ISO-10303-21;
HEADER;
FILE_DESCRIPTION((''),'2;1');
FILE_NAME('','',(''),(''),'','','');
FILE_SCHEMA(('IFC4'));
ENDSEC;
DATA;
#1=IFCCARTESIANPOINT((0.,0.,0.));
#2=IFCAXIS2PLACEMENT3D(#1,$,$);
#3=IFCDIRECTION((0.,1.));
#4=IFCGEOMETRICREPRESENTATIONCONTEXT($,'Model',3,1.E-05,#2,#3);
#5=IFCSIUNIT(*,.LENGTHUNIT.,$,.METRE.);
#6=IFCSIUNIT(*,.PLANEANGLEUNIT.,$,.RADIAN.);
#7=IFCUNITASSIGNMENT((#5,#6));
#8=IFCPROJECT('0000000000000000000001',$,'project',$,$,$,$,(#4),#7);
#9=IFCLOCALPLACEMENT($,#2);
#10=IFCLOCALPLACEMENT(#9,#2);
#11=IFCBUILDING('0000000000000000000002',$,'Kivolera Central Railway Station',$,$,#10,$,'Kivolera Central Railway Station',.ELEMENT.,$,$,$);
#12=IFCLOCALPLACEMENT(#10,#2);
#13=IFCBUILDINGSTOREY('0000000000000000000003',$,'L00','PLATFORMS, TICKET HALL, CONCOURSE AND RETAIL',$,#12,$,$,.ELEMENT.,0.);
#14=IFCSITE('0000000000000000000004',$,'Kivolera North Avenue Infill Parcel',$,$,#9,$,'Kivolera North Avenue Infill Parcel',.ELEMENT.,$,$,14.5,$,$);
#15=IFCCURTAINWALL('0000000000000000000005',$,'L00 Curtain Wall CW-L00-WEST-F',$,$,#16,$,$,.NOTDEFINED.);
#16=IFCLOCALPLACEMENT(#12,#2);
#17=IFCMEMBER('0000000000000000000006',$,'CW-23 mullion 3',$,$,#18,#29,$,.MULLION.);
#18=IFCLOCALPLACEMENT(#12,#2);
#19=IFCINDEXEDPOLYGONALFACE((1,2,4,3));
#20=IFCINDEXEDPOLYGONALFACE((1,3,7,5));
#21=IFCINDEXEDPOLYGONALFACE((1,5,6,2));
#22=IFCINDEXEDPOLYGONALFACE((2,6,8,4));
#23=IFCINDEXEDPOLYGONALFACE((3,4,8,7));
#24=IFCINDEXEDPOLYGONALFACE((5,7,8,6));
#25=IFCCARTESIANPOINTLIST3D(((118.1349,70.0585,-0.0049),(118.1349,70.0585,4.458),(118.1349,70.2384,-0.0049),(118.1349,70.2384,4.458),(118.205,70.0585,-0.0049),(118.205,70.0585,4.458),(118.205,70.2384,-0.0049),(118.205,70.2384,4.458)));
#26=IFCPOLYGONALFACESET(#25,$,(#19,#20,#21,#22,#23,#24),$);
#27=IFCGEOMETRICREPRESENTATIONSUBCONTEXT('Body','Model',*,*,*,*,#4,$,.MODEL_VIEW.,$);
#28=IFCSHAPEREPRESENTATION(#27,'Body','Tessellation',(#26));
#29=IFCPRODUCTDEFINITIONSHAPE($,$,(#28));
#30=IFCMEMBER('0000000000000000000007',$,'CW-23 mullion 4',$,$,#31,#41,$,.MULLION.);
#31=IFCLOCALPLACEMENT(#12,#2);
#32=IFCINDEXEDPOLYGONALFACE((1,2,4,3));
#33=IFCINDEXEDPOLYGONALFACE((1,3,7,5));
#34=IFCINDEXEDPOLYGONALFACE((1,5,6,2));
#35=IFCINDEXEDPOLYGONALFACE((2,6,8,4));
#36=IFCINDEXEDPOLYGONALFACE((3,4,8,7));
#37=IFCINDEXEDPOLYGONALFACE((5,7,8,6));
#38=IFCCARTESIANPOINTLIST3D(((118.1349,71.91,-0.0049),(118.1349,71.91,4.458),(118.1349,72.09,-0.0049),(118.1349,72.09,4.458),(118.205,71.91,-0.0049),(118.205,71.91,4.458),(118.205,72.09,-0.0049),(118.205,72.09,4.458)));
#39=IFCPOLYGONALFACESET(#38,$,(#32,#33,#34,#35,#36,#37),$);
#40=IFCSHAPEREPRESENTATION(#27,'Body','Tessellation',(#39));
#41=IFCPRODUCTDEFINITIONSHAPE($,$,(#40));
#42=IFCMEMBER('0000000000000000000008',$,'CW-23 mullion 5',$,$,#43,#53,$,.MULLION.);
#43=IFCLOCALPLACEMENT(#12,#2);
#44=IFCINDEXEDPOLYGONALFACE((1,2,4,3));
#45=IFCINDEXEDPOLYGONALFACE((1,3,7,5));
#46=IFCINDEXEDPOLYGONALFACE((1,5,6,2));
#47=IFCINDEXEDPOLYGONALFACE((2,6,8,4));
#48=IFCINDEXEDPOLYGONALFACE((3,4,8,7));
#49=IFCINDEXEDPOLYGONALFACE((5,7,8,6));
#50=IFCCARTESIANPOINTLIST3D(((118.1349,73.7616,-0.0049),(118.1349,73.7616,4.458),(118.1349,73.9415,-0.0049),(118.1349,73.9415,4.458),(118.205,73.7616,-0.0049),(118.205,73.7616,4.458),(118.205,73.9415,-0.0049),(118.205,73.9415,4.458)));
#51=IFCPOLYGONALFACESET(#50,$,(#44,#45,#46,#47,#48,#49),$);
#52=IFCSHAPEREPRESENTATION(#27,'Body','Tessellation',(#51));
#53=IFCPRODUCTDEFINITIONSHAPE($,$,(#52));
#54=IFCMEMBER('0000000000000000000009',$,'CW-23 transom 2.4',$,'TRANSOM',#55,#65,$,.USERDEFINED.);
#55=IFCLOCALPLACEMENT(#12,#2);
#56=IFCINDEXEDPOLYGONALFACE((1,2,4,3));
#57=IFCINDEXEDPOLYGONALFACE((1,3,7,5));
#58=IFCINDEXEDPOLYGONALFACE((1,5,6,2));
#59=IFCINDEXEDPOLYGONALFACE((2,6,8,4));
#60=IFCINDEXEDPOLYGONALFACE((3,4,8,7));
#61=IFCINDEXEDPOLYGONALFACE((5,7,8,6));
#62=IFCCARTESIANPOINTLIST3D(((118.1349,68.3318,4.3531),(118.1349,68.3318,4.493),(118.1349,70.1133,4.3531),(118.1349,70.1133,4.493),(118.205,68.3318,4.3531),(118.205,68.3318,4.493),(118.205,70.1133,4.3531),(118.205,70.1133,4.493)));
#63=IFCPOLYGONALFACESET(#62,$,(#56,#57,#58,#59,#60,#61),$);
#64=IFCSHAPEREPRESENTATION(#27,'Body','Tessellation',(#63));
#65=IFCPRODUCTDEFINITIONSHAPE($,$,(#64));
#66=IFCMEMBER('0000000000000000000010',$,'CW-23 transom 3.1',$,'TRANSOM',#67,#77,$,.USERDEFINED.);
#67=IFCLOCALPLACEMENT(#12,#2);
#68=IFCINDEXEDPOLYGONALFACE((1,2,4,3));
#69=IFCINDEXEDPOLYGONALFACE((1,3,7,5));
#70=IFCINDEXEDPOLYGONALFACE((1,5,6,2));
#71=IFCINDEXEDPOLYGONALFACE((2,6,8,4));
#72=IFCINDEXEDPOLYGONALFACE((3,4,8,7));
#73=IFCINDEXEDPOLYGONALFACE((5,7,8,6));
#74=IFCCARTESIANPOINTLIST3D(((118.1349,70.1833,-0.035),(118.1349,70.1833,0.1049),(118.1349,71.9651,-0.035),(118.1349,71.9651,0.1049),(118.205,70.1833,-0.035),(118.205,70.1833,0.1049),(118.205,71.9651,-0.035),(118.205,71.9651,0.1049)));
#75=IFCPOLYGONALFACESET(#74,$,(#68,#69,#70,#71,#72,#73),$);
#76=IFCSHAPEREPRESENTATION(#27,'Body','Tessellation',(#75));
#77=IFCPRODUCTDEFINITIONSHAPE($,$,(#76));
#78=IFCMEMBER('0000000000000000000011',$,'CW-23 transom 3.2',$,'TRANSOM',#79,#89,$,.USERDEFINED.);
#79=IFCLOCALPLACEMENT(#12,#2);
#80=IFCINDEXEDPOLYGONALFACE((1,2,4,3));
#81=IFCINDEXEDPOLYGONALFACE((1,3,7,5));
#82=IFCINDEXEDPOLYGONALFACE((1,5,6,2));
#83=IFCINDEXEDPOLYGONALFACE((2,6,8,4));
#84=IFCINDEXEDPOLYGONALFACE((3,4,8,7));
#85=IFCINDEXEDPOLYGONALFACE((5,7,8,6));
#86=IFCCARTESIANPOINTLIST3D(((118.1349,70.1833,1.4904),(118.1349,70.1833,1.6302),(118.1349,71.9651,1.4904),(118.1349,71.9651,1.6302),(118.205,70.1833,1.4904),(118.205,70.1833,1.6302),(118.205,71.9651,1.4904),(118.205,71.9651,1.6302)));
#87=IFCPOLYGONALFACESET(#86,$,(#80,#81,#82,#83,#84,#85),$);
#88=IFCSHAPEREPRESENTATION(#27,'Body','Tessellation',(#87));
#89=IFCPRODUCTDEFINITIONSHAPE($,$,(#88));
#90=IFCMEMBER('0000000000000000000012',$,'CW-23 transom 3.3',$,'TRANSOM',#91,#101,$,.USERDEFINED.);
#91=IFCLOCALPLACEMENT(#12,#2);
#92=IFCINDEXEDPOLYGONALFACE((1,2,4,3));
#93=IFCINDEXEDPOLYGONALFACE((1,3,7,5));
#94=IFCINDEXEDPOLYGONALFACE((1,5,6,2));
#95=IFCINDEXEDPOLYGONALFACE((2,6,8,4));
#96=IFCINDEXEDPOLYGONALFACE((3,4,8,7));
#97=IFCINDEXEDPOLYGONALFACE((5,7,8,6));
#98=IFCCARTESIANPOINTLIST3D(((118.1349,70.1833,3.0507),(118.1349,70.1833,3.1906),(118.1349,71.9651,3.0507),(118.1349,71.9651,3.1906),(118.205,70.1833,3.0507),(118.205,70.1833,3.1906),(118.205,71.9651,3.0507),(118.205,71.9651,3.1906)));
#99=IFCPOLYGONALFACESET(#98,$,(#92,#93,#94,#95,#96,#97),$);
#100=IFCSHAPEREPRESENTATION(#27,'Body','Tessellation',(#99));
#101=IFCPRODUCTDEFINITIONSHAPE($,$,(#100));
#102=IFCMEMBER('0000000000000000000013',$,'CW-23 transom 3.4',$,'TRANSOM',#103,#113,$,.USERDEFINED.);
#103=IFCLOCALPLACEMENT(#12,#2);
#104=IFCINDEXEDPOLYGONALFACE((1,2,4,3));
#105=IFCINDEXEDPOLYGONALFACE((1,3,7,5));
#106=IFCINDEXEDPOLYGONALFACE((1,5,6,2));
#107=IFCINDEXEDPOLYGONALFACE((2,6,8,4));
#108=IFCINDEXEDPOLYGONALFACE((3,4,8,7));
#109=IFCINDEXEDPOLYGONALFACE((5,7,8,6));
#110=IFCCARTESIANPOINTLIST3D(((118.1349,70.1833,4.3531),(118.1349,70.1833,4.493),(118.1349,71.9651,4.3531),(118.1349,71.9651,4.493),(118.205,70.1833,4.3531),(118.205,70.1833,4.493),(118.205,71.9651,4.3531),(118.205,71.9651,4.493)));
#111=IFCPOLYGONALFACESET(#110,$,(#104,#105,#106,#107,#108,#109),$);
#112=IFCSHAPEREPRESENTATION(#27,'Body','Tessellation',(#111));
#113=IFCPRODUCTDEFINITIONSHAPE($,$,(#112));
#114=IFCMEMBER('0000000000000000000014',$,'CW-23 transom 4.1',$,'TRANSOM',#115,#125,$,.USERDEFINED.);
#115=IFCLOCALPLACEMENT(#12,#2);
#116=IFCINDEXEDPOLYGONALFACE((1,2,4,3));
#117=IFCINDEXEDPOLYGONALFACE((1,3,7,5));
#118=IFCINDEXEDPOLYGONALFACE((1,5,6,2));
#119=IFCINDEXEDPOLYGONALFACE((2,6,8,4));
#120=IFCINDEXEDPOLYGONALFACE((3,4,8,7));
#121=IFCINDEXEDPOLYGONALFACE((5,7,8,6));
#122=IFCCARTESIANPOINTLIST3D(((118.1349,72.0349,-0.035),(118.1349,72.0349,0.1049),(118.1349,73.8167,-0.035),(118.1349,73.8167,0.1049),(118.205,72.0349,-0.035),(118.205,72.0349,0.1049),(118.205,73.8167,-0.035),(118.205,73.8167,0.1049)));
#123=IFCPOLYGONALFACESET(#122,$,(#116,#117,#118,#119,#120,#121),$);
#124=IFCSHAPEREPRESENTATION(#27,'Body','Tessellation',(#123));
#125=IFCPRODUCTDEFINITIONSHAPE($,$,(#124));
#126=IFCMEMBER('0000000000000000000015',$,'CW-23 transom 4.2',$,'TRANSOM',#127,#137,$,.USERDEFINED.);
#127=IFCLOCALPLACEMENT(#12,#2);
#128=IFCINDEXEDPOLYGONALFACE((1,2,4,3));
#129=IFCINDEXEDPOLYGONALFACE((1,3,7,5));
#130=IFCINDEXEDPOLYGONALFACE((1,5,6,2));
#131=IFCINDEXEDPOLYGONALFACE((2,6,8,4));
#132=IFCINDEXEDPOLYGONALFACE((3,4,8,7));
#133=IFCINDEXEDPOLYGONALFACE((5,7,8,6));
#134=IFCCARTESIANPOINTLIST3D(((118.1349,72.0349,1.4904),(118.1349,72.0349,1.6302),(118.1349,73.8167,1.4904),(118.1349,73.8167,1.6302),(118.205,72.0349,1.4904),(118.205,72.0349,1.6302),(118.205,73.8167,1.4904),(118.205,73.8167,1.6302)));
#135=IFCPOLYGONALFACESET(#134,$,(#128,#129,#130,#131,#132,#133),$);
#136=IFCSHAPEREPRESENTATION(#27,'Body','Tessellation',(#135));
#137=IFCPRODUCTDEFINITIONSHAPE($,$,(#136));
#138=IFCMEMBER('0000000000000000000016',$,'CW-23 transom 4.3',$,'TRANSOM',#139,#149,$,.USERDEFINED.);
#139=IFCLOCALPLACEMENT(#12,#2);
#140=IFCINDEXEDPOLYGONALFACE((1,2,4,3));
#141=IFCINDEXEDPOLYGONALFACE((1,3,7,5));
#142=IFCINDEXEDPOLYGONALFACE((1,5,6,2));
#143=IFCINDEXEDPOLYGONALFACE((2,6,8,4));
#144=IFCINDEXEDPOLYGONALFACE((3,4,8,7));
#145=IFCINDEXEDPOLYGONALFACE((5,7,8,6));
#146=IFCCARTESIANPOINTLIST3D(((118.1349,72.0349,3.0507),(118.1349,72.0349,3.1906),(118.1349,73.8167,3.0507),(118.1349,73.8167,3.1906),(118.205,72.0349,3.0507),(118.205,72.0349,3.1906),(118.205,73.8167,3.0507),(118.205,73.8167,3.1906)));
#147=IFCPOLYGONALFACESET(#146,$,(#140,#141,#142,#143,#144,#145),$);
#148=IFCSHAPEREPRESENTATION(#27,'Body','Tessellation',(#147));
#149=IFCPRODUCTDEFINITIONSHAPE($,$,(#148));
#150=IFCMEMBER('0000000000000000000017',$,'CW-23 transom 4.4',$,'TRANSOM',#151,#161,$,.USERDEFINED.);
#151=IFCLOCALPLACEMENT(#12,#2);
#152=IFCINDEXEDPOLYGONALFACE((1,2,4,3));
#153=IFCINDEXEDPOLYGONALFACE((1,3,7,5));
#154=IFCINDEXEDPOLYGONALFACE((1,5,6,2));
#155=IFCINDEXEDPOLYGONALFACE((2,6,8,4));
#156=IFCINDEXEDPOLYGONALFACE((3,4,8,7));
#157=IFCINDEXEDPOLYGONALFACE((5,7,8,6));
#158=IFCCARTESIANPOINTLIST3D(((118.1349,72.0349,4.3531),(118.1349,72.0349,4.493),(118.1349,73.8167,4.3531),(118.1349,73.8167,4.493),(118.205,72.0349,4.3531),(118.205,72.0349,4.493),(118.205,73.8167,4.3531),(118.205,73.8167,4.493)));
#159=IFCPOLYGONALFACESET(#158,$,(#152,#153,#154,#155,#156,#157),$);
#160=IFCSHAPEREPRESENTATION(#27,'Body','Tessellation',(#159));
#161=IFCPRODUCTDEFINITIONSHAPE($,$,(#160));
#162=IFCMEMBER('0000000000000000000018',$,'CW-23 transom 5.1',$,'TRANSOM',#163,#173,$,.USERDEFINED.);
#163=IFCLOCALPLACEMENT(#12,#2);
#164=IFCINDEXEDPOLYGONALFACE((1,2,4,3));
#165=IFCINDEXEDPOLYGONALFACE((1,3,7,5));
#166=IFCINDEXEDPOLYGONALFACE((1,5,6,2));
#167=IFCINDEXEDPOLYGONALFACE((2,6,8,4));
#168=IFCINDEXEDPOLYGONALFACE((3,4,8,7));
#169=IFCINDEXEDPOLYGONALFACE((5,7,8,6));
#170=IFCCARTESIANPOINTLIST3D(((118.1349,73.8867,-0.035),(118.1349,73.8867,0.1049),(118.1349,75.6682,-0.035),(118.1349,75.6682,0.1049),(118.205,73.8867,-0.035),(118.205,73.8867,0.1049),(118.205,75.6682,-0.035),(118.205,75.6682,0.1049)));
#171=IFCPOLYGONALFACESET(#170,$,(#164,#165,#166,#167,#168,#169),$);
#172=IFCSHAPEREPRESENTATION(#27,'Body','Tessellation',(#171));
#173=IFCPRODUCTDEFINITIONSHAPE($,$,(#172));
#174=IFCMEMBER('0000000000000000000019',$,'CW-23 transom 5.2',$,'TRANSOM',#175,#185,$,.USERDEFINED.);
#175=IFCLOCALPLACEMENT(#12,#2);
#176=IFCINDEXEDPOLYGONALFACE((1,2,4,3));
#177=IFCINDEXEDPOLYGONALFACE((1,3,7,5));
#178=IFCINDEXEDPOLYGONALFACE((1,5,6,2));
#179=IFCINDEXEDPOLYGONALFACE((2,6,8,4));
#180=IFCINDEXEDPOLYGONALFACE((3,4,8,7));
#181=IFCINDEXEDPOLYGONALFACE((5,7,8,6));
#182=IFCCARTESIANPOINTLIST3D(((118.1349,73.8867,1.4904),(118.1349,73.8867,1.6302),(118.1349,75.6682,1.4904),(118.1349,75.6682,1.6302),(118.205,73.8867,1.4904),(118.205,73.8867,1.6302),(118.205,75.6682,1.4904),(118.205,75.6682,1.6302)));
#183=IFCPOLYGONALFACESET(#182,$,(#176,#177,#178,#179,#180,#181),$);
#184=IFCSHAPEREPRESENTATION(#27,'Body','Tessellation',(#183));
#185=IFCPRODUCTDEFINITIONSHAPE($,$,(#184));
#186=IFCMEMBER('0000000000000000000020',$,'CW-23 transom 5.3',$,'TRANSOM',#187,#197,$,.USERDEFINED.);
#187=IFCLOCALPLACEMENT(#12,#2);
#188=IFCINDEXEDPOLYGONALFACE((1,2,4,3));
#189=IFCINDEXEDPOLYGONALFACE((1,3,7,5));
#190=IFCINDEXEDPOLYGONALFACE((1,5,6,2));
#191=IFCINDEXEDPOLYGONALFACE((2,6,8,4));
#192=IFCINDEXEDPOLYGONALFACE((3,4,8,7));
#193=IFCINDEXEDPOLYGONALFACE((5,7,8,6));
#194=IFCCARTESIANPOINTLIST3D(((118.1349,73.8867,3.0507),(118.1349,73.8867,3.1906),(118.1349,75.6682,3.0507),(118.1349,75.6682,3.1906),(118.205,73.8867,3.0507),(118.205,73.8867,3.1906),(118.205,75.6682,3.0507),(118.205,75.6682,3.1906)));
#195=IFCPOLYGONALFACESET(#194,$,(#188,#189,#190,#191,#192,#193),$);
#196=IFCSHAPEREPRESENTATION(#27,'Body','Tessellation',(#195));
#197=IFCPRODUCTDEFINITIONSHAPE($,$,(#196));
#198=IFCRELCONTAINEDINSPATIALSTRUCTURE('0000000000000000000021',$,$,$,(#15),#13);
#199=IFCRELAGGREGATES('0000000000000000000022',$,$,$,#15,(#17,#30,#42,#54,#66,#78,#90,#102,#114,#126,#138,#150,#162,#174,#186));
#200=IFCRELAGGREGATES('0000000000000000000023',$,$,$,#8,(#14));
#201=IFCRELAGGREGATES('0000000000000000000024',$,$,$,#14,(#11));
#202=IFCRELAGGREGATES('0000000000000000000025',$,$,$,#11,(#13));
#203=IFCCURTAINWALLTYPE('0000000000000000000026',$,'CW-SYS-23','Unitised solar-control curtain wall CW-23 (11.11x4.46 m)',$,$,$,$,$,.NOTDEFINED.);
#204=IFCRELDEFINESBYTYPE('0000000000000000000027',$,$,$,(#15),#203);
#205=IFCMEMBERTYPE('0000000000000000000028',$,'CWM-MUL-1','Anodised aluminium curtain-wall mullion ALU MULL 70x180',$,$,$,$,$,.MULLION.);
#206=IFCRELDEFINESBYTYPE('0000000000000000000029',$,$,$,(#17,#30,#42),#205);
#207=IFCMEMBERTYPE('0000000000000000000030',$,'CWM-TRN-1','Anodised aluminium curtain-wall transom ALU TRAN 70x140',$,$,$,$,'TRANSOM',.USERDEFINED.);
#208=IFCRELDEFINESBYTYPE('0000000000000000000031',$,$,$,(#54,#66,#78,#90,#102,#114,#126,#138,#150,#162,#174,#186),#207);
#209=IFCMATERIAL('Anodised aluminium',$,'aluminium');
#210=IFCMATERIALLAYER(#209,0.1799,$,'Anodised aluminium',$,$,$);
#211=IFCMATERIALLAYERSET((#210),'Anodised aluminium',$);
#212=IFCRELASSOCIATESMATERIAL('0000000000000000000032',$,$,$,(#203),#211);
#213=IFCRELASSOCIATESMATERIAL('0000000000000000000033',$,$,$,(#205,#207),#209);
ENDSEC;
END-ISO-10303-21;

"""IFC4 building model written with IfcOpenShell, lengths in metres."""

from ifc_helpers import new_model, si_unit, direction, frame, origin, origin_2d, place, context, subcontext, project, spatial, rectangle, extrude, material, layer, layer_set, material_profile, profile_set, type_object, element, aggregate, save


model = new_model("IFC4")

# Units and contexts
model_context = context("Model", 3, precision=1e-05, world=origin(), true_north=direction((0.0, 1.0)))
body_context = subcontext(model_context, "Body", "Model", "MODEL_VIEW")
ifc_project = project(units=[si_unit("LENGTHUNIT", "METRE"), si_unit("PLANEANGLEUNIT", "RADIAN")], contexts=[model_context])

# Site, building, storey
site_placement = place(None, origin())
site = spatial("IfcSite", under=ifc_project, at=site_placement, Name="Kivolera North Avenue Infill Parcel", LongName="Kivolera North Avenue Infill Parcel", CompositionType="ELEMENT", RefElevation=14.5)
building_placement = place(site_placement, origin())
building = spatial("IfcBuilding", under=site, at=building_placement, Name="Kivolera Central Railway Station", LongName="Kivolera Central Railway Station", CompositionType="ELEMENT")
storey_placement = place(building_placement, origin())
storey = spatial("IfcBuildingStorey", under=building, at=storey_placement, Name="L00", Description="PLATFORMS, TICKET HALL, CONCOURSE AND RETAIL", CompositionType="ELEMENT", Elevation=0.0)

# Curtain wall, members
ifc_material_1 = material(Name="Anodised aluminium", Category="aluminium")
ifc_layer_1 = layer(ifc_material_1, 0.1799, Name="Anodised aluminium")
ifc_layer_set_1 = layer_set([ifc_layer_1], Name="Anodised aluminium")
curtain_wall_type = type_object("IfcCurtainWallType", Name="CW-SYS-23", Description="Unitised solar-control curtain wall CW-23 (11.11x4.46 m)", PredefinedType="NOTDEFINED", material=ifc_layer_set_1)
curtain_wall_placement = place(storey_placement, origin())
curtain_wall = element("IfcCurtainWall", 1, at=curtain_wall_placement, inside=storey, type_object=curtain_wall_type, Name="L00 Curtain Wall CW-L00-WEST-F", PredefinedType="NOTDEFINED")
ifc_material_profile_1 = material_profile(ifc_material_1, rectangle(XDim=0.0701, YDim=0.1799, at=origin_2d()), Name="ALU MULL 70x180")
ifc_profile_set_1 = profile_set([ifc_material_profile_1], Name="Anodised aluminium")
member_type_1 = type_object("IfcMemberType", Name="CWM-MUL-1", Description="Anodised aluminium curtain-wall mullion ALU MULL 70x180", PredefinedType="MULLION", material=ifc_profile_set_1)
member_1_placement = place(storey_placement, frame((118.1699, 70.1484, -0.0049), z_axis=(0.0, 0.0, 1.0), x_axis=(-1.0, 0.0, 0.0)))
member_1 = element("IfcMember", 2, at=member_1_placement, type_object=member_type_1, Name="CW-23 mullion 3", PredefinedType="MULLION", context=body_context, shape_type="SweptSolid", body=[
    extrude(rectangle(XDim=0.0701, YDim=0.1799, at=origin_2d()), origin(), (0.0, 0.0, 1.0), 4.4629),
])
member_2_placement = place(storey_placement, frame((118.1699, 72.0, -0.0049), z_axis=(0.0, 0.0, 1.0), x_axis=(-1.0, 0.0, 0.0)))
member_2 = element("IfcMember", 3, at=member_2_placement, type_object=member_type_1, Name="CW-23 mullion 4", PredefinedType="MULLION", context=body_context, shape_type="SweptSolid", body=[
    extrude(rectangle(XDim=0.0701, YDim=0.1799, at=origin_2d()), origin(), (0.0, 0.0, 1.0), 4.4629),
])
member_3_placement = place(storey_placement, frame((118.1699, 73.8516, -0.0049), z_axis=(0.0, 0.0, 1.0), x_axis=(-1.0, 0.0, 0.0)))
member_3 = element("IfcMember", 4, at=member_3_placement, type_object=member_type_1, Name="CW-23 mullion 5", PredefinedType="MULLION", context=body_context, shape_type="SweptSolid", body=[
    extrude(rectangle(XDim=0.0701, YDim=0.1799, at=origin_2d()), origin(), (0.0, 0.0, 1.0), 4.4629),
])
ifc_material_profile_2 = material_profile(ifc_material_1, rectangle(XDim=0.0701, YDim=0.1399, at=origin_2d()), Name="ALU TRAN 70x140")
ifc_profile_set_2 = profile_set([ifc_material_profile_2], Name="Anodised aluminium")
member_type_2 = type_object("IfcMemberType", Name="CWM-TRN-1", Description="Anodised aluminium curtain-wall transom ALU TRAN 70x140", ElementType="TRANSOM", PredefinedType="USERDEFINED", material=ifc_profile_set_2)
member_4_placement = place(storey_placement, frame((118.1699, 68.3318, 4.4231), z_axis=(0.0, 1.0, 0.0), x_axis=(-1.0, 0.0, 0.0)))
member_4 = element("IfcMember", 5, at=member_4_placement, type_object=member_type_2, Name="CW-23 transom 2.4", ObjectType="TRANSOM", PredefinedType="USERDEFINED", context=body_context, shape_type="SweptSolid", body=[
    extrude(rectangle(XDim=0.0701, YDim=0.1399, at=origin_2d()), origin(), (0.0, 0.0, 1.0), 1.7815),
])
member_5_placement = place(storey_placement, frame((118.1699, 70.1833, 0.0349), z_axis=(0.0, 1.0, 0.0), x_axis=(-1.0, 0.0, 0.0)))
member_5 = element("IfcMember", 6, at=member_5_placement, type_object=member_type_2, Name="CW-23 transom 3.1", ObjectType="TRANSOM", PredefinedType="USERDEFINED", context=body_context, shape_type="SweptSolid", body=[
    extrude(rectangle(XDim=0.0701, YDim=0.1399, at=origin_2d()), origin(), (0.0, 0.0, 1.0), 1.7817),
])
member_6_placement = place(storey_placement, frame((118.1699, 70.1833, 1.5603), z_axis=(0.0, 1.0, 0.0), x_axis=(-1.0, 0.0, 0.0)))
member_6 = element("IfcMember", 7, at=member_6_placement, type_object=member_type_2, Name="CW-23 transom 3.2", ObjectType="TRANSOM", PredefinedType="USERDEFINED", context=body_context, shape_type="SweptSolid", body=[
    extrude(rectangle(XDim=0.0701, YDim=0.1399, at=origin_2d()), origin(), (0.0, 0.0, 1.0), 1.7817),
])
member_7_placement = place(storey_placement, frame((118.1699, 70.1833, 3.1206), z_axis=(0.0, 1.0, 0.0), x_axis=(-1.0, 0.0, 0.0)))
member_7 = element("IfcMember", 8, at=member_7_placement, type_object=member_type_2, Name="CW-23 transom 3.3", ObjectType="TRANSOM", PredefinedType="USERDEFINED", context=body_context, shape_type="SweptSolid", body=[
    extrude(rectangle(XDim=0.0701, YDim=0.1399, at=origin_2d()), origin(), (0.0, 0.0, 1.0), 1.7817),
])
member_8_placement = place(storey_placement, frame((118.1699, 70.1833, 4.4231), z_axis=(0.0, 1.0, 0.0), x_axis=(-1.0, 0.0, 0.0)))
member_8 = element("IfcMember", 9, at=member_8_placement, type_object=member_type_2, Name="CW-23 transom 3.4", ObjectType="TRANSOM", PredefinedType="USERDEFINED", context=body_context, shape_type="SweptSolid", body=[
    extrude(rectangle(XDim=0.0701, YDim=0.1399, at=origin_2d()), origin(), (0.0, 0.0, 1.0), 1.7817),
])
member_9_placement = place(storey_placement, frame((118.1699, 72.0349, 0.0349), z_axis=(0.0, 1.0, 0.0), x_axis=(-1.0, 0.0, 0.0)))
member_9 = element("IfcMember", 10, at=member_9_placement, type_object=member_type_2, Name="CW-23 transom 4.1", ObjectType="TRANSOM", PredefinedType="USERDEFINED", context=body_context, shape_type="SweptSolid", body=[
    extrude(rectangle(XDim=0.0701, YDim=0.1399, at=origin_2d()), origin(), (0.0, 0.0, 1.0), 1.7817),
])
member_10_placement = place(storey_placement, frame((118.1699, 72.0349, 1.5603), z_axis=(0.0, 1.0, 0.0), x_axis=(-1.0, 0.0, 0.0)))
member_10 = element("IfcMember", 11, at=member_10_placement, type_object=member_type_2, Name="CW-23 transom 4.2", ObjectType="TRANSOM", PredefinedType="USERDEFINED", context=body_context, shape_type="SweptSolid", body=[
    extrude(rectangle(XDim=0.0701, YDim=0.1399, at=origin_2d()), origin(), (0.0, 0.0, 1.0), 1.7817),
])
member_11_placement = place(storey_placement, frame((118.1699, 72.0349, 3.1206), z_axis=(0.0, 1.0, 0.0), x_axis=(-1.0, 0.0, 0.0)))
member_11 = element("IfcMember", 12, at=member_11_placement, type_object=member_type_2, Name="CW-23 transom 4.3", ObjectType="TRANSOM", PredefinedType="USERDEFINED", context=body_context, shape_type="SweptSolid", body=[
    extrude(rectangle(XDim=0.0701, YDim=0.1399, at=origin_2d()), origin(), (0.0, 0.0, 1.0), 1.7817),
])
member_12_placement = place(storey_placement, frame((118.1699, 72.0349, 4.4231), z_axis=(0.0, 1.0, 0.0), x_axis=(-1.0, 0.0, 0.0)))
member_12 = element("IfcMember", 13, at=member_12_placement, type_object=member_type_2, Name="CW-23 transom 4.4", ObjectType="TRANSOM", PredefinedType="USERDEFINED", context=body_context, shape_type="SweptSolid", body=[
    extrude(rectangle(XDim=0.0701, YDim=0.1399, at=origin_2d()), origin(), (0.0, 0.0, 1.0), 1.7817),
])
member_13_placement = place(storey_placement, frame((118.1699, 73.8867, 0.0349), z_axis=(0.0, 1.0, 0.0), x_axis=(-1.0, 0.0, 0.0)))
member_13 = element("IfcMember", 14, at=member_13_placement, type_object=member_type_2, Name="CW-23 transom 5.1", ObjectType="TRANSOM", PredefinedType="USERDEFINED", context=body_context, shape_type="SweptSolid", body=[
    extrude(rectangle(XDim=0.0701, YDim=0.1399, at=origin_2d()), origin(), (0.0, 0.0, 1.0), 1.7815),
])
member_14_placement = place(storey_placement, frame((118.1699, 73.8867, 1.5603), z_axis=(0.0, 1.0, 0.0), x_axis=(-1.0, 0.0, 0.0)))
member_14 = element("IfcMember", 15, at=member_14_placement, type_object=member_type_2, Name="CW-23 transom 5.2", ObjectType="TRANSOM", PredefinedType="USERDEFINED", context=body_context, shape_type="SweptSolid", body=[
    extrude(rectangle(XDim=0.0701, YDim=0.1399, at=origin_2d()), origin(), (0.0, 0.0, 1.0), 1.7815),
])
member_15_placement = place(storey_placement, frame((118.1699, 73.8867, 3.1206), z_axis=(0.0, 1.0, 0.0), x_axis=(-1.0, 0.0, 0.0)))
member_15 = element("IfcMember", 16, at=member_15_placement, type_object=member_type_2, Name="CW-23 transom 5.3", ObjectType="TRANSOM", PredefinedType="USERDEFINED", context=body_context, shape_type="SweptSolid", body=[
    extrude(rectangle(XDim=0.0701, YDim=0.1399, at=origin_2d()), origin(), (0.0, 0.0, 1.0), 1.7815),
])
aggregate(curtain_wall, [member_1, member_2, member_3, member_4, member_5, member_6, member_7, member_8, member_9, member_10, member_11, member_12, member_13, member_14, member_15])

save(model, "model.ifc")
